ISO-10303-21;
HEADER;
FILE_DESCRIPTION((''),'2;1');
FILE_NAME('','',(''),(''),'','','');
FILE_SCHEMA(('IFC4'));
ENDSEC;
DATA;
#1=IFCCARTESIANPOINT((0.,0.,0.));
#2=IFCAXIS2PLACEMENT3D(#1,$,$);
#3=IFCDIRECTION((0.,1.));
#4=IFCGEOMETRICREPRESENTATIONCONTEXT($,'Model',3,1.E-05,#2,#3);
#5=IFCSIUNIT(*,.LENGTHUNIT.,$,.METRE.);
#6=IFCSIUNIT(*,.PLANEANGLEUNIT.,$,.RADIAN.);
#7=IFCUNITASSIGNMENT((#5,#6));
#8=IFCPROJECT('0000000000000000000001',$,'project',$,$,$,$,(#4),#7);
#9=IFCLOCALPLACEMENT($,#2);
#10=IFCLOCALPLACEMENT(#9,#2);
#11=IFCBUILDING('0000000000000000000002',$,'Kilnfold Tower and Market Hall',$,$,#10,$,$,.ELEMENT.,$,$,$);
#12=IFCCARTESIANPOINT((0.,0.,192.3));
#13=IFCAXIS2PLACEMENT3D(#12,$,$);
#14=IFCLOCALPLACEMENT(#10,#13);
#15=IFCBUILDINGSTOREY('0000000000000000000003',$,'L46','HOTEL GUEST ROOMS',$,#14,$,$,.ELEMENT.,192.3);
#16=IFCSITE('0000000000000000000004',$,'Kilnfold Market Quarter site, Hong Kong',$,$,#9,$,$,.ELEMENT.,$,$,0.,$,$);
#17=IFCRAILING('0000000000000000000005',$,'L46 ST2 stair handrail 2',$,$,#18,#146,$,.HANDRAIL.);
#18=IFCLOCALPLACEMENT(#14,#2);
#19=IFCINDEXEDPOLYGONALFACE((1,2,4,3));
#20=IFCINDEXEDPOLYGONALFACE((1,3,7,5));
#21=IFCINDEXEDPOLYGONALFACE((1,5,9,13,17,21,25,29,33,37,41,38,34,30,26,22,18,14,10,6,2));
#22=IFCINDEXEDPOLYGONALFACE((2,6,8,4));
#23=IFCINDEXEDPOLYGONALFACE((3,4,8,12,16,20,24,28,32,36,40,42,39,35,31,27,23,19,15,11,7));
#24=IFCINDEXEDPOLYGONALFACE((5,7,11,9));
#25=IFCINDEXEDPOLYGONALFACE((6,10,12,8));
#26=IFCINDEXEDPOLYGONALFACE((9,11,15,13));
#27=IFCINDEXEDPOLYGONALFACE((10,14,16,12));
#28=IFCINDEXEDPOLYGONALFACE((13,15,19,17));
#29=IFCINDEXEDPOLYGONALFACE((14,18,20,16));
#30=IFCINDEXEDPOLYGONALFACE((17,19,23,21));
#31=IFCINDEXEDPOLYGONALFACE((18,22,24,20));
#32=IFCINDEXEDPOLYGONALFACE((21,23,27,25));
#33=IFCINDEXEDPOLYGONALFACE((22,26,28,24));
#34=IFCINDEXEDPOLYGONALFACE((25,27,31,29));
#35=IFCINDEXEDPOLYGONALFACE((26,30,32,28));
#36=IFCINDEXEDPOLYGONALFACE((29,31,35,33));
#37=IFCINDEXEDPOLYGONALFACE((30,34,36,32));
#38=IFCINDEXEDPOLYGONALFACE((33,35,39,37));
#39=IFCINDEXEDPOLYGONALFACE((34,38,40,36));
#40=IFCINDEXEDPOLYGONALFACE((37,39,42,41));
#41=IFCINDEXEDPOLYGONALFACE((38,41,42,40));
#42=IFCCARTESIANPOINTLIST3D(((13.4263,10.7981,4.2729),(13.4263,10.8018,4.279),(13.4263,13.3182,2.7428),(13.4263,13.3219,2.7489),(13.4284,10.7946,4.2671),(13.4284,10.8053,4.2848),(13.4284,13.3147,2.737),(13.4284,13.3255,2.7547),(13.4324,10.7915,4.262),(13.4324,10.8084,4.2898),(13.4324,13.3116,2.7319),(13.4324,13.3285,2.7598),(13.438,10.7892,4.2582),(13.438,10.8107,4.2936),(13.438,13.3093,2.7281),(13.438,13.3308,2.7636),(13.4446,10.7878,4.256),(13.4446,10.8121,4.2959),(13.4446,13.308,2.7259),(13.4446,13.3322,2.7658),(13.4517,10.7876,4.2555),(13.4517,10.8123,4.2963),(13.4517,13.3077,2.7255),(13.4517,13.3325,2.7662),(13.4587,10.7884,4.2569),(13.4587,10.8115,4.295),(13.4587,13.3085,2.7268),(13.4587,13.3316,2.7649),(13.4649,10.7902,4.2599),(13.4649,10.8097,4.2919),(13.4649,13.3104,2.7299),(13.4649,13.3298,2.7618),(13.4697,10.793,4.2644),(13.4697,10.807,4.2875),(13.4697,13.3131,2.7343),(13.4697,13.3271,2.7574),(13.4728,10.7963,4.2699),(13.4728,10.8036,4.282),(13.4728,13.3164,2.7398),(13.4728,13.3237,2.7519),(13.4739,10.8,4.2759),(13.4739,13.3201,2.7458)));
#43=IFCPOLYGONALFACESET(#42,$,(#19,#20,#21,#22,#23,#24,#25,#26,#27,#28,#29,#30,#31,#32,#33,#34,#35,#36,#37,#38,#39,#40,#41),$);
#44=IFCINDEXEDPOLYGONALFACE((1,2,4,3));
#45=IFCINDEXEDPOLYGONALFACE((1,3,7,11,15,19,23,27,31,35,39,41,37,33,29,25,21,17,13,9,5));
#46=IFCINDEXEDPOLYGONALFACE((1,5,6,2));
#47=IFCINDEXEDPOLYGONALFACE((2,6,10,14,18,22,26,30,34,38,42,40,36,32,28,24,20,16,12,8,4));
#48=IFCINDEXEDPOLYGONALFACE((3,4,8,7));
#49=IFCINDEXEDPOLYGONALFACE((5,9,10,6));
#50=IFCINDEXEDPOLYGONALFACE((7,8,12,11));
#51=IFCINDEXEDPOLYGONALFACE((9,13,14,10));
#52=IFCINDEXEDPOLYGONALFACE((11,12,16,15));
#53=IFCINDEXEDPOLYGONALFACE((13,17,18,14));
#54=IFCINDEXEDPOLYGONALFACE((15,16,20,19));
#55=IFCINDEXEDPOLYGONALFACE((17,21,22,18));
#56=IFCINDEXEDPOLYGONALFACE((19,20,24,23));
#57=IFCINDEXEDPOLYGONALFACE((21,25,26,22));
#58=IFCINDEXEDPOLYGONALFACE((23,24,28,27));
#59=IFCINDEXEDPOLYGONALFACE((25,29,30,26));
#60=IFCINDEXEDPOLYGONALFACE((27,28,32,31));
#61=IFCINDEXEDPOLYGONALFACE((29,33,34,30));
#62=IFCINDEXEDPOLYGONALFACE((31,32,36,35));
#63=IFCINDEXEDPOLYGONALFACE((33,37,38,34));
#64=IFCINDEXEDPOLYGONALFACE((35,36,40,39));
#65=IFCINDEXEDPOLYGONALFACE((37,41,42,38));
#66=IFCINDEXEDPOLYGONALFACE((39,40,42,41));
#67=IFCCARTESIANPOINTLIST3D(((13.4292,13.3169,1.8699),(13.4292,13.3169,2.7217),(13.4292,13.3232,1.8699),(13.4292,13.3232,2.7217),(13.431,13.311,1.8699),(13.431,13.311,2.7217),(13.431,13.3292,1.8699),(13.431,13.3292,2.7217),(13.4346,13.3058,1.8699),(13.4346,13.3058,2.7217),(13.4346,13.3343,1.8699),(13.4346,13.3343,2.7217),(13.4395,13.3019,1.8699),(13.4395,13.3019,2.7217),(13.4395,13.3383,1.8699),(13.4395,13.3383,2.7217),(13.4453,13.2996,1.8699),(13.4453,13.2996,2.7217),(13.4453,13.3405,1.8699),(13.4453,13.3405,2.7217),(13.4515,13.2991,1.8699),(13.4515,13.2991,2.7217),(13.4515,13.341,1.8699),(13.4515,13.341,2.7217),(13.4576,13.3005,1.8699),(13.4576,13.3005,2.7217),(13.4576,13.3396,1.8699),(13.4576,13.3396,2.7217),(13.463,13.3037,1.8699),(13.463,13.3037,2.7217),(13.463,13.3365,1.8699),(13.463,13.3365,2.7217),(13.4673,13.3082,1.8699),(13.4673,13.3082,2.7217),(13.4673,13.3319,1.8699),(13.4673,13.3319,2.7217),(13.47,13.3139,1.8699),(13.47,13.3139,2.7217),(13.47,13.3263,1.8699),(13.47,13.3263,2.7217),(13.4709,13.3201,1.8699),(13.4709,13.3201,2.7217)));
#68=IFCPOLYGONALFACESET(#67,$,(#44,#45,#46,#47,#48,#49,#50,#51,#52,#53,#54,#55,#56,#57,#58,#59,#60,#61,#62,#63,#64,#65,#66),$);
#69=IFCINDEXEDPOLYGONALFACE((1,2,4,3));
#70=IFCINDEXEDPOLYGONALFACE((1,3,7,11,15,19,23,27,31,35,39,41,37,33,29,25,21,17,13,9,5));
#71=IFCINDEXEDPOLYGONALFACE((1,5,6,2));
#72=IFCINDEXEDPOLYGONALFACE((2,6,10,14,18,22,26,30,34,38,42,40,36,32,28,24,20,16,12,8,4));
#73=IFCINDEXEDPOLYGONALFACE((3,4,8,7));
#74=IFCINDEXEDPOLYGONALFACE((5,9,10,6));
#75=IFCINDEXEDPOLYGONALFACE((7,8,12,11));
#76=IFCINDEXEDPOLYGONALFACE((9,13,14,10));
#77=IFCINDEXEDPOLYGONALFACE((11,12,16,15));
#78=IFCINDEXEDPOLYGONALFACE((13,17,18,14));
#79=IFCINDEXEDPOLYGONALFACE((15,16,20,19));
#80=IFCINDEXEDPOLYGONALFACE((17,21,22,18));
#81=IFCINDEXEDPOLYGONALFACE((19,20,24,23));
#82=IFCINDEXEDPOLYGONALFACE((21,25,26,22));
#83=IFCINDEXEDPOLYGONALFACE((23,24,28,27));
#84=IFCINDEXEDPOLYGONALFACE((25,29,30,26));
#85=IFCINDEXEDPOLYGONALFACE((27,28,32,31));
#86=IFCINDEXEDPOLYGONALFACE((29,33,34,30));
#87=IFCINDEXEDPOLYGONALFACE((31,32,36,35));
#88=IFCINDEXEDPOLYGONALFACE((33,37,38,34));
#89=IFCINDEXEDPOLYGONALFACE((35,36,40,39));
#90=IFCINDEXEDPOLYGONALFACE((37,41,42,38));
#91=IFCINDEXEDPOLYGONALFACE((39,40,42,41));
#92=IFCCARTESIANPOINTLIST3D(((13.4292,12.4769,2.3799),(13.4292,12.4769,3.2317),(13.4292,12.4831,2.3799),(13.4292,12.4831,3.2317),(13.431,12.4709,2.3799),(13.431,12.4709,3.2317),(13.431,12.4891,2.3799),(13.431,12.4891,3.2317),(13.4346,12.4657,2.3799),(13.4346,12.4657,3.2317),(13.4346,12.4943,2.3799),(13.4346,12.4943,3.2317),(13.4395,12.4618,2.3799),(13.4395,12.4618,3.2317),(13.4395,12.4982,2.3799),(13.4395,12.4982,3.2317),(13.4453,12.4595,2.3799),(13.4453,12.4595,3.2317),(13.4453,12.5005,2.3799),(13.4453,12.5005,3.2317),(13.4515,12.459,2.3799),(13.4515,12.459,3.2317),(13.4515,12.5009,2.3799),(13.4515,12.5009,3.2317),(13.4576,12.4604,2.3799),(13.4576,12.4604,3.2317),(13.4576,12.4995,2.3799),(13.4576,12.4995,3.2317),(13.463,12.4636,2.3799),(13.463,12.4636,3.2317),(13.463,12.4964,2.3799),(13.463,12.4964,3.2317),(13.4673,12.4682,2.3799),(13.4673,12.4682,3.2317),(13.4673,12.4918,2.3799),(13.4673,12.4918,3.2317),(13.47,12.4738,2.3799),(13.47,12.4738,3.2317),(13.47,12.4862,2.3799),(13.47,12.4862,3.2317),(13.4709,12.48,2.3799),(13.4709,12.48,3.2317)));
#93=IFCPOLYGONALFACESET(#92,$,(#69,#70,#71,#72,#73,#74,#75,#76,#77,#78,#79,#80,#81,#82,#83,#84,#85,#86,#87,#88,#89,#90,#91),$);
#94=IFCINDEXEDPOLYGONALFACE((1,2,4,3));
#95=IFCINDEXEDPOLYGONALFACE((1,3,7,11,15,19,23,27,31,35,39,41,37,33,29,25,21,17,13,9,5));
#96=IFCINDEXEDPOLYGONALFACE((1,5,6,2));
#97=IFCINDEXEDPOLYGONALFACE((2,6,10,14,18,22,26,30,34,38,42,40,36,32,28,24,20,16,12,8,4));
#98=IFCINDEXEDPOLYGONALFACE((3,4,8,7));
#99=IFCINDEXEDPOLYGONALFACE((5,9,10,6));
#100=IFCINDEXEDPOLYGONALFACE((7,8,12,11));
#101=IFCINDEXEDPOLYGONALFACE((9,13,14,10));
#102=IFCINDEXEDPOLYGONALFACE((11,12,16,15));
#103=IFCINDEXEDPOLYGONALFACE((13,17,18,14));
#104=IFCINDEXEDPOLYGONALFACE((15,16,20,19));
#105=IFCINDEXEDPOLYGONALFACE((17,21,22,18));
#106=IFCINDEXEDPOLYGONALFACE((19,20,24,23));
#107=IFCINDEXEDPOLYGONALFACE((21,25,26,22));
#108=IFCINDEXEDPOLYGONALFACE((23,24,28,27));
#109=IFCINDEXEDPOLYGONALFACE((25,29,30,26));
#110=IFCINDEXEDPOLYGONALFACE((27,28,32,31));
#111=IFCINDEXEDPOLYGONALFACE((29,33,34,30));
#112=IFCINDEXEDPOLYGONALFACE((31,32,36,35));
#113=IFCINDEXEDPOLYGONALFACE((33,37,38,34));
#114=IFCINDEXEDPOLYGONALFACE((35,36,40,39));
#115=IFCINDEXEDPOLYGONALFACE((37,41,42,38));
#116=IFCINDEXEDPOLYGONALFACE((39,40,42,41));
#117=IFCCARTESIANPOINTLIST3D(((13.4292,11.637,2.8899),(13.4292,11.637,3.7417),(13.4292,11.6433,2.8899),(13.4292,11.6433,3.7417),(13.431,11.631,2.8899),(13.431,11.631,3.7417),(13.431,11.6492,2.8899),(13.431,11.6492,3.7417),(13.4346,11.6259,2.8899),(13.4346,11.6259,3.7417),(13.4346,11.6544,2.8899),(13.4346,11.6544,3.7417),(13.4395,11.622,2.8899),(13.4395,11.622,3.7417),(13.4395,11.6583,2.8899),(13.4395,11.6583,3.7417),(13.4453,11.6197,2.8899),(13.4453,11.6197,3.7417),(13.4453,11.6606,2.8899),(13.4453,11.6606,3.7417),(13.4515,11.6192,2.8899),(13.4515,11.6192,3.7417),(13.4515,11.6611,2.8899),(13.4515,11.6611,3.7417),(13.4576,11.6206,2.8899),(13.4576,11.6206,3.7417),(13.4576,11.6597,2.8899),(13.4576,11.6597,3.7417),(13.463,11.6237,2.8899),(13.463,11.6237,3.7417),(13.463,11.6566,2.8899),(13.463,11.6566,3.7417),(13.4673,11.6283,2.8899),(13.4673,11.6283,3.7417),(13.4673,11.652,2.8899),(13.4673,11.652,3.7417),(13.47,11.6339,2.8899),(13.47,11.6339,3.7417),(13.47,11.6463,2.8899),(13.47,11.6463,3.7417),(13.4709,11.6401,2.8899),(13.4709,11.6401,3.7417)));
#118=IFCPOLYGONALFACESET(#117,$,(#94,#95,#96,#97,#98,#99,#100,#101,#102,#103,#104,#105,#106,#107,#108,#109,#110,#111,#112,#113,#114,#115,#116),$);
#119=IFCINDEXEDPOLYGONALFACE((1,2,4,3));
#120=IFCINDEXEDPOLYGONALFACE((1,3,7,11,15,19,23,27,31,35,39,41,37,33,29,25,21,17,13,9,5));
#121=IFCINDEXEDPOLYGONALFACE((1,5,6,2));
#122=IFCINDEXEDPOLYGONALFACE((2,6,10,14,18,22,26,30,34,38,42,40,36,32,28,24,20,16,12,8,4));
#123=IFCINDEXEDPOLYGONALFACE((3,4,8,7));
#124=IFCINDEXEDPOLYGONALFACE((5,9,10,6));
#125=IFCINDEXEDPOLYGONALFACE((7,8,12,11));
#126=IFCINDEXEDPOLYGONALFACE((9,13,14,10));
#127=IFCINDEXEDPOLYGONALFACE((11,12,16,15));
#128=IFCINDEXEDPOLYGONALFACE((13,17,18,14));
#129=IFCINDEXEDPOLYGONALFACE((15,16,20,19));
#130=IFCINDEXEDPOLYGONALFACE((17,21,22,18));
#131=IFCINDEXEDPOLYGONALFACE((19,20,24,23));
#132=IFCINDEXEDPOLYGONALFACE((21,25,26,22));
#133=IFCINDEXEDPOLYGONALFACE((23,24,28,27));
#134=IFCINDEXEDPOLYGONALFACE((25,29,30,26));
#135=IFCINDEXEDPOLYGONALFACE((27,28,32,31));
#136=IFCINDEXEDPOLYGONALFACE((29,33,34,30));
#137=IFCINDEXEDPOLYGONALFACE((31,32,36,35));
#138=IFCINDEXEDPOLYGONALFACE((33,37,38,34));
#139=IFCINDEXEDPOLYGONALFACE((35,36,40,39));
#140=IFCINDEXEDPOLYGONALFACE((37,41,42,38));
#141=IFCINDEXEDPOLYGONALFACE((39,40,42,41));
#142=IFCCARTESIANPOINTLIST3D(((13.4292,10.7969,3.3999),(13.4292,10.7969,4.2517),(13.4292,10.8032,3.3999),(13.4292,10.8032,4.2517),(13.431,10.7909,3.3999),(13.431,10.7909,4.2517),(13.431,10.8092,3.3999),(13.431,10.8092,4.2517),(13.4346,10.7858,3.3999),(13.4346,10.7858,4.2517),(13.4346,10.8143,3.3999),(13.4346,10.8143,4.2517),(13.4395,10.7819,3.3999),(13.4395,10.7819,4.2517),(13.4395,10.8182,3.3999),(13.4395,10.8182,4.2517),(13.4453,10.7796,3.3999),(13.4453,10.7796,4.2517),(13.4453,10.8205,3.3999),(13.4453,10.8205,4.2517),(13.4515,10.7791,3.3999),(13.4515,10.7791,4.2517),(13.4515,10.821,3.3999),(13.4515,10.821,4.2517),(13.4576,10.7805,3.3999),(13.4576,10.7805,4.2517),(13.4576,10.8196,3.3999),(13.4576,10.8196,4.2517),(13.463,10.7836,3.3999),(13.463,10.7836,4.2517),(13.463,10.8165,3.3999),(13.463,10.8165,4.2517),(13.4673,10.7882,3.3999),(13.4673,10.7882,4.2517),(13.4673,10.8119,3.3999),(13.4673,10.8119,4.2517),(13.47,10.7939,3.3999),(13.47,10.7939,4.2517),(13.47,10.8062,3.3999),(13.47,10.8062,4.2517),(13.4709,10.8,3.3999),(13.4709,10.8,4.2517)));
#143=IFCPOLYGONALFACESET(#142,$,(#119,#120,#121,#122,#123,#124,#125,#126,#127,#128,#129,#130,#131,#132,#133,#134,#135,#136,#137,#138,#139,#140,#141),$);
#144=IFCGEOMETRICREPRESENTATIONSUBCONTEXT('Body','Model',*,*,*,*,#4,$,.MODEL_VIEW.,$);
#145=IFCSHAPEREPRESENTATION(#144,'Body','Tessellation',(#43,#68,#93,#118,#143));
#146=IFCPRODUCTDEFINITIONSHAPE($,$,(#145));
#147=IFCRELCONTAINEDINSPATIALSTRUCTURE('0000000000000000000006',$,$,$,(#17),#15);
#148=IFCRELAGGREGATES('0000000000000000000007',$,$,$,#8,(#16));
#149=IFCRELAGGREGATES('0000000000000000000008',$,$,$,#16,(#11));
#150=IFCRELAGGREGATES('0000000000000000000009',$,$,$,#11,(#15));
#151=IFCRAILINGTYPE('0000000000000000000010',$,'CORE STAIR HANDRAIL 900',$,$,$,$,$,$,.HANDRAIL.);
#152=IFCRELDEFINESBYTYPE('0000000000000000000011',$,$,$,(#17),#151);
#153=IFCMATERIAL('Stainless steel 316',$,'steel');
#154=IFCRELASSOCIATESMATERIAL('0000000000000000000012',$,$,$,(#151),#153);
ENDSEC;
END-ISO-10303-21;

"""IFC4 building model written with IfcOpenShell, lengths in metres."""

from ifc_helpers import new_model, si_unit, direction, frame, origin, origin_2d, place, context, subcontext, project, spatial, circle, extrude, material, type_object, element, save


model = new_model("IFC4")

# Units and contexts
model_context = context("Model", 3, precision=1e-05, world=origin(), true_north=direction((0.0, 1.0)))
body_context = subcontext(model_context, "Body", "Model", "MODEL_VIEW")
ifc_project = project(units=[si_unit("LENGTHUNIT", "METRE"), si_unit("PLANEANGLEUNIT", "RADIAN")], contexts=[model_context])

# Site, building, storey
site_placement = place(None, origin())
site = spatial("IfcSite", under=ifc_project, at=site_placement, Name="Kilnfold Market Quarter site, Hong Kong", CompositionType="ELEMENT", RefElevation=0.0)
building_placement = place(site_placement, origin())
building = spatial("IfcBuilding", under=site, at=building_placement, Name="Kilnfold Tower and Market Hall", CompositionType="ELEMENT")
storey_placement = place(building_placement, frame((0.0, 0.0, 192.3)))
storey = spatial("IfcBuildingStorey", under=building, at=storey_placement, Name="L46", Description="HOTEL GUEST ROOMS", CompositionType="ELEMENT", Elevation=192.3)

# Railing
ifc_material_1 = material(Name="Stainless steel 316", Category="steel")
railing_type = type_object("IfcRailingType", Name="CORE STAIR HANDRAIL 900", PredefinedType="HANDRAIL", material=ifc_material_1)
railing_placement = place(storey_placement, frame((13.45, 13.3201, 1.8699)))
element("IfcRailing", 1, at=railing_placement, inside=storey, type_object=railing_type, Name="L46 ST2 stair handrail 2", PredefinedType="HANDRAIL", context=body_context, shape_type="SweptSolid", body=[
    extrude(circle(Radius=0.0239, at=origin_2d()), frame((0.0, 0.0, 0.876), z_axis=(0.0, -0.854785, 0.518982), x_axis=(1.0, 0.0, 0.0)), (0.0, 0.0, 1.0), 2.9482),
    extrude(circle(Radius=0.021, at=origin_2d()), origin(), (0.0, 0.0, 1.0), 0.8518),
    extrude(circle(Radius=0.021, at=origin_2d()), frame((0.0, -0.8401, 0.51)), (0.0, 0.0, 1.0), 0.8518),
    extrude(circle(Radius=0.021, at=origin_2d()), frame((0.0, -1.6799, 1.02)), (0.0, 0.0, 1.0), 0.8518),
    extrude(circle(Radius=0.021, at=origin_2d()), frame((0.0, -2.52, 1.53)), (0.0, 0.0, 1.0), 0.8518),
])

save(model, "model.ifc")
